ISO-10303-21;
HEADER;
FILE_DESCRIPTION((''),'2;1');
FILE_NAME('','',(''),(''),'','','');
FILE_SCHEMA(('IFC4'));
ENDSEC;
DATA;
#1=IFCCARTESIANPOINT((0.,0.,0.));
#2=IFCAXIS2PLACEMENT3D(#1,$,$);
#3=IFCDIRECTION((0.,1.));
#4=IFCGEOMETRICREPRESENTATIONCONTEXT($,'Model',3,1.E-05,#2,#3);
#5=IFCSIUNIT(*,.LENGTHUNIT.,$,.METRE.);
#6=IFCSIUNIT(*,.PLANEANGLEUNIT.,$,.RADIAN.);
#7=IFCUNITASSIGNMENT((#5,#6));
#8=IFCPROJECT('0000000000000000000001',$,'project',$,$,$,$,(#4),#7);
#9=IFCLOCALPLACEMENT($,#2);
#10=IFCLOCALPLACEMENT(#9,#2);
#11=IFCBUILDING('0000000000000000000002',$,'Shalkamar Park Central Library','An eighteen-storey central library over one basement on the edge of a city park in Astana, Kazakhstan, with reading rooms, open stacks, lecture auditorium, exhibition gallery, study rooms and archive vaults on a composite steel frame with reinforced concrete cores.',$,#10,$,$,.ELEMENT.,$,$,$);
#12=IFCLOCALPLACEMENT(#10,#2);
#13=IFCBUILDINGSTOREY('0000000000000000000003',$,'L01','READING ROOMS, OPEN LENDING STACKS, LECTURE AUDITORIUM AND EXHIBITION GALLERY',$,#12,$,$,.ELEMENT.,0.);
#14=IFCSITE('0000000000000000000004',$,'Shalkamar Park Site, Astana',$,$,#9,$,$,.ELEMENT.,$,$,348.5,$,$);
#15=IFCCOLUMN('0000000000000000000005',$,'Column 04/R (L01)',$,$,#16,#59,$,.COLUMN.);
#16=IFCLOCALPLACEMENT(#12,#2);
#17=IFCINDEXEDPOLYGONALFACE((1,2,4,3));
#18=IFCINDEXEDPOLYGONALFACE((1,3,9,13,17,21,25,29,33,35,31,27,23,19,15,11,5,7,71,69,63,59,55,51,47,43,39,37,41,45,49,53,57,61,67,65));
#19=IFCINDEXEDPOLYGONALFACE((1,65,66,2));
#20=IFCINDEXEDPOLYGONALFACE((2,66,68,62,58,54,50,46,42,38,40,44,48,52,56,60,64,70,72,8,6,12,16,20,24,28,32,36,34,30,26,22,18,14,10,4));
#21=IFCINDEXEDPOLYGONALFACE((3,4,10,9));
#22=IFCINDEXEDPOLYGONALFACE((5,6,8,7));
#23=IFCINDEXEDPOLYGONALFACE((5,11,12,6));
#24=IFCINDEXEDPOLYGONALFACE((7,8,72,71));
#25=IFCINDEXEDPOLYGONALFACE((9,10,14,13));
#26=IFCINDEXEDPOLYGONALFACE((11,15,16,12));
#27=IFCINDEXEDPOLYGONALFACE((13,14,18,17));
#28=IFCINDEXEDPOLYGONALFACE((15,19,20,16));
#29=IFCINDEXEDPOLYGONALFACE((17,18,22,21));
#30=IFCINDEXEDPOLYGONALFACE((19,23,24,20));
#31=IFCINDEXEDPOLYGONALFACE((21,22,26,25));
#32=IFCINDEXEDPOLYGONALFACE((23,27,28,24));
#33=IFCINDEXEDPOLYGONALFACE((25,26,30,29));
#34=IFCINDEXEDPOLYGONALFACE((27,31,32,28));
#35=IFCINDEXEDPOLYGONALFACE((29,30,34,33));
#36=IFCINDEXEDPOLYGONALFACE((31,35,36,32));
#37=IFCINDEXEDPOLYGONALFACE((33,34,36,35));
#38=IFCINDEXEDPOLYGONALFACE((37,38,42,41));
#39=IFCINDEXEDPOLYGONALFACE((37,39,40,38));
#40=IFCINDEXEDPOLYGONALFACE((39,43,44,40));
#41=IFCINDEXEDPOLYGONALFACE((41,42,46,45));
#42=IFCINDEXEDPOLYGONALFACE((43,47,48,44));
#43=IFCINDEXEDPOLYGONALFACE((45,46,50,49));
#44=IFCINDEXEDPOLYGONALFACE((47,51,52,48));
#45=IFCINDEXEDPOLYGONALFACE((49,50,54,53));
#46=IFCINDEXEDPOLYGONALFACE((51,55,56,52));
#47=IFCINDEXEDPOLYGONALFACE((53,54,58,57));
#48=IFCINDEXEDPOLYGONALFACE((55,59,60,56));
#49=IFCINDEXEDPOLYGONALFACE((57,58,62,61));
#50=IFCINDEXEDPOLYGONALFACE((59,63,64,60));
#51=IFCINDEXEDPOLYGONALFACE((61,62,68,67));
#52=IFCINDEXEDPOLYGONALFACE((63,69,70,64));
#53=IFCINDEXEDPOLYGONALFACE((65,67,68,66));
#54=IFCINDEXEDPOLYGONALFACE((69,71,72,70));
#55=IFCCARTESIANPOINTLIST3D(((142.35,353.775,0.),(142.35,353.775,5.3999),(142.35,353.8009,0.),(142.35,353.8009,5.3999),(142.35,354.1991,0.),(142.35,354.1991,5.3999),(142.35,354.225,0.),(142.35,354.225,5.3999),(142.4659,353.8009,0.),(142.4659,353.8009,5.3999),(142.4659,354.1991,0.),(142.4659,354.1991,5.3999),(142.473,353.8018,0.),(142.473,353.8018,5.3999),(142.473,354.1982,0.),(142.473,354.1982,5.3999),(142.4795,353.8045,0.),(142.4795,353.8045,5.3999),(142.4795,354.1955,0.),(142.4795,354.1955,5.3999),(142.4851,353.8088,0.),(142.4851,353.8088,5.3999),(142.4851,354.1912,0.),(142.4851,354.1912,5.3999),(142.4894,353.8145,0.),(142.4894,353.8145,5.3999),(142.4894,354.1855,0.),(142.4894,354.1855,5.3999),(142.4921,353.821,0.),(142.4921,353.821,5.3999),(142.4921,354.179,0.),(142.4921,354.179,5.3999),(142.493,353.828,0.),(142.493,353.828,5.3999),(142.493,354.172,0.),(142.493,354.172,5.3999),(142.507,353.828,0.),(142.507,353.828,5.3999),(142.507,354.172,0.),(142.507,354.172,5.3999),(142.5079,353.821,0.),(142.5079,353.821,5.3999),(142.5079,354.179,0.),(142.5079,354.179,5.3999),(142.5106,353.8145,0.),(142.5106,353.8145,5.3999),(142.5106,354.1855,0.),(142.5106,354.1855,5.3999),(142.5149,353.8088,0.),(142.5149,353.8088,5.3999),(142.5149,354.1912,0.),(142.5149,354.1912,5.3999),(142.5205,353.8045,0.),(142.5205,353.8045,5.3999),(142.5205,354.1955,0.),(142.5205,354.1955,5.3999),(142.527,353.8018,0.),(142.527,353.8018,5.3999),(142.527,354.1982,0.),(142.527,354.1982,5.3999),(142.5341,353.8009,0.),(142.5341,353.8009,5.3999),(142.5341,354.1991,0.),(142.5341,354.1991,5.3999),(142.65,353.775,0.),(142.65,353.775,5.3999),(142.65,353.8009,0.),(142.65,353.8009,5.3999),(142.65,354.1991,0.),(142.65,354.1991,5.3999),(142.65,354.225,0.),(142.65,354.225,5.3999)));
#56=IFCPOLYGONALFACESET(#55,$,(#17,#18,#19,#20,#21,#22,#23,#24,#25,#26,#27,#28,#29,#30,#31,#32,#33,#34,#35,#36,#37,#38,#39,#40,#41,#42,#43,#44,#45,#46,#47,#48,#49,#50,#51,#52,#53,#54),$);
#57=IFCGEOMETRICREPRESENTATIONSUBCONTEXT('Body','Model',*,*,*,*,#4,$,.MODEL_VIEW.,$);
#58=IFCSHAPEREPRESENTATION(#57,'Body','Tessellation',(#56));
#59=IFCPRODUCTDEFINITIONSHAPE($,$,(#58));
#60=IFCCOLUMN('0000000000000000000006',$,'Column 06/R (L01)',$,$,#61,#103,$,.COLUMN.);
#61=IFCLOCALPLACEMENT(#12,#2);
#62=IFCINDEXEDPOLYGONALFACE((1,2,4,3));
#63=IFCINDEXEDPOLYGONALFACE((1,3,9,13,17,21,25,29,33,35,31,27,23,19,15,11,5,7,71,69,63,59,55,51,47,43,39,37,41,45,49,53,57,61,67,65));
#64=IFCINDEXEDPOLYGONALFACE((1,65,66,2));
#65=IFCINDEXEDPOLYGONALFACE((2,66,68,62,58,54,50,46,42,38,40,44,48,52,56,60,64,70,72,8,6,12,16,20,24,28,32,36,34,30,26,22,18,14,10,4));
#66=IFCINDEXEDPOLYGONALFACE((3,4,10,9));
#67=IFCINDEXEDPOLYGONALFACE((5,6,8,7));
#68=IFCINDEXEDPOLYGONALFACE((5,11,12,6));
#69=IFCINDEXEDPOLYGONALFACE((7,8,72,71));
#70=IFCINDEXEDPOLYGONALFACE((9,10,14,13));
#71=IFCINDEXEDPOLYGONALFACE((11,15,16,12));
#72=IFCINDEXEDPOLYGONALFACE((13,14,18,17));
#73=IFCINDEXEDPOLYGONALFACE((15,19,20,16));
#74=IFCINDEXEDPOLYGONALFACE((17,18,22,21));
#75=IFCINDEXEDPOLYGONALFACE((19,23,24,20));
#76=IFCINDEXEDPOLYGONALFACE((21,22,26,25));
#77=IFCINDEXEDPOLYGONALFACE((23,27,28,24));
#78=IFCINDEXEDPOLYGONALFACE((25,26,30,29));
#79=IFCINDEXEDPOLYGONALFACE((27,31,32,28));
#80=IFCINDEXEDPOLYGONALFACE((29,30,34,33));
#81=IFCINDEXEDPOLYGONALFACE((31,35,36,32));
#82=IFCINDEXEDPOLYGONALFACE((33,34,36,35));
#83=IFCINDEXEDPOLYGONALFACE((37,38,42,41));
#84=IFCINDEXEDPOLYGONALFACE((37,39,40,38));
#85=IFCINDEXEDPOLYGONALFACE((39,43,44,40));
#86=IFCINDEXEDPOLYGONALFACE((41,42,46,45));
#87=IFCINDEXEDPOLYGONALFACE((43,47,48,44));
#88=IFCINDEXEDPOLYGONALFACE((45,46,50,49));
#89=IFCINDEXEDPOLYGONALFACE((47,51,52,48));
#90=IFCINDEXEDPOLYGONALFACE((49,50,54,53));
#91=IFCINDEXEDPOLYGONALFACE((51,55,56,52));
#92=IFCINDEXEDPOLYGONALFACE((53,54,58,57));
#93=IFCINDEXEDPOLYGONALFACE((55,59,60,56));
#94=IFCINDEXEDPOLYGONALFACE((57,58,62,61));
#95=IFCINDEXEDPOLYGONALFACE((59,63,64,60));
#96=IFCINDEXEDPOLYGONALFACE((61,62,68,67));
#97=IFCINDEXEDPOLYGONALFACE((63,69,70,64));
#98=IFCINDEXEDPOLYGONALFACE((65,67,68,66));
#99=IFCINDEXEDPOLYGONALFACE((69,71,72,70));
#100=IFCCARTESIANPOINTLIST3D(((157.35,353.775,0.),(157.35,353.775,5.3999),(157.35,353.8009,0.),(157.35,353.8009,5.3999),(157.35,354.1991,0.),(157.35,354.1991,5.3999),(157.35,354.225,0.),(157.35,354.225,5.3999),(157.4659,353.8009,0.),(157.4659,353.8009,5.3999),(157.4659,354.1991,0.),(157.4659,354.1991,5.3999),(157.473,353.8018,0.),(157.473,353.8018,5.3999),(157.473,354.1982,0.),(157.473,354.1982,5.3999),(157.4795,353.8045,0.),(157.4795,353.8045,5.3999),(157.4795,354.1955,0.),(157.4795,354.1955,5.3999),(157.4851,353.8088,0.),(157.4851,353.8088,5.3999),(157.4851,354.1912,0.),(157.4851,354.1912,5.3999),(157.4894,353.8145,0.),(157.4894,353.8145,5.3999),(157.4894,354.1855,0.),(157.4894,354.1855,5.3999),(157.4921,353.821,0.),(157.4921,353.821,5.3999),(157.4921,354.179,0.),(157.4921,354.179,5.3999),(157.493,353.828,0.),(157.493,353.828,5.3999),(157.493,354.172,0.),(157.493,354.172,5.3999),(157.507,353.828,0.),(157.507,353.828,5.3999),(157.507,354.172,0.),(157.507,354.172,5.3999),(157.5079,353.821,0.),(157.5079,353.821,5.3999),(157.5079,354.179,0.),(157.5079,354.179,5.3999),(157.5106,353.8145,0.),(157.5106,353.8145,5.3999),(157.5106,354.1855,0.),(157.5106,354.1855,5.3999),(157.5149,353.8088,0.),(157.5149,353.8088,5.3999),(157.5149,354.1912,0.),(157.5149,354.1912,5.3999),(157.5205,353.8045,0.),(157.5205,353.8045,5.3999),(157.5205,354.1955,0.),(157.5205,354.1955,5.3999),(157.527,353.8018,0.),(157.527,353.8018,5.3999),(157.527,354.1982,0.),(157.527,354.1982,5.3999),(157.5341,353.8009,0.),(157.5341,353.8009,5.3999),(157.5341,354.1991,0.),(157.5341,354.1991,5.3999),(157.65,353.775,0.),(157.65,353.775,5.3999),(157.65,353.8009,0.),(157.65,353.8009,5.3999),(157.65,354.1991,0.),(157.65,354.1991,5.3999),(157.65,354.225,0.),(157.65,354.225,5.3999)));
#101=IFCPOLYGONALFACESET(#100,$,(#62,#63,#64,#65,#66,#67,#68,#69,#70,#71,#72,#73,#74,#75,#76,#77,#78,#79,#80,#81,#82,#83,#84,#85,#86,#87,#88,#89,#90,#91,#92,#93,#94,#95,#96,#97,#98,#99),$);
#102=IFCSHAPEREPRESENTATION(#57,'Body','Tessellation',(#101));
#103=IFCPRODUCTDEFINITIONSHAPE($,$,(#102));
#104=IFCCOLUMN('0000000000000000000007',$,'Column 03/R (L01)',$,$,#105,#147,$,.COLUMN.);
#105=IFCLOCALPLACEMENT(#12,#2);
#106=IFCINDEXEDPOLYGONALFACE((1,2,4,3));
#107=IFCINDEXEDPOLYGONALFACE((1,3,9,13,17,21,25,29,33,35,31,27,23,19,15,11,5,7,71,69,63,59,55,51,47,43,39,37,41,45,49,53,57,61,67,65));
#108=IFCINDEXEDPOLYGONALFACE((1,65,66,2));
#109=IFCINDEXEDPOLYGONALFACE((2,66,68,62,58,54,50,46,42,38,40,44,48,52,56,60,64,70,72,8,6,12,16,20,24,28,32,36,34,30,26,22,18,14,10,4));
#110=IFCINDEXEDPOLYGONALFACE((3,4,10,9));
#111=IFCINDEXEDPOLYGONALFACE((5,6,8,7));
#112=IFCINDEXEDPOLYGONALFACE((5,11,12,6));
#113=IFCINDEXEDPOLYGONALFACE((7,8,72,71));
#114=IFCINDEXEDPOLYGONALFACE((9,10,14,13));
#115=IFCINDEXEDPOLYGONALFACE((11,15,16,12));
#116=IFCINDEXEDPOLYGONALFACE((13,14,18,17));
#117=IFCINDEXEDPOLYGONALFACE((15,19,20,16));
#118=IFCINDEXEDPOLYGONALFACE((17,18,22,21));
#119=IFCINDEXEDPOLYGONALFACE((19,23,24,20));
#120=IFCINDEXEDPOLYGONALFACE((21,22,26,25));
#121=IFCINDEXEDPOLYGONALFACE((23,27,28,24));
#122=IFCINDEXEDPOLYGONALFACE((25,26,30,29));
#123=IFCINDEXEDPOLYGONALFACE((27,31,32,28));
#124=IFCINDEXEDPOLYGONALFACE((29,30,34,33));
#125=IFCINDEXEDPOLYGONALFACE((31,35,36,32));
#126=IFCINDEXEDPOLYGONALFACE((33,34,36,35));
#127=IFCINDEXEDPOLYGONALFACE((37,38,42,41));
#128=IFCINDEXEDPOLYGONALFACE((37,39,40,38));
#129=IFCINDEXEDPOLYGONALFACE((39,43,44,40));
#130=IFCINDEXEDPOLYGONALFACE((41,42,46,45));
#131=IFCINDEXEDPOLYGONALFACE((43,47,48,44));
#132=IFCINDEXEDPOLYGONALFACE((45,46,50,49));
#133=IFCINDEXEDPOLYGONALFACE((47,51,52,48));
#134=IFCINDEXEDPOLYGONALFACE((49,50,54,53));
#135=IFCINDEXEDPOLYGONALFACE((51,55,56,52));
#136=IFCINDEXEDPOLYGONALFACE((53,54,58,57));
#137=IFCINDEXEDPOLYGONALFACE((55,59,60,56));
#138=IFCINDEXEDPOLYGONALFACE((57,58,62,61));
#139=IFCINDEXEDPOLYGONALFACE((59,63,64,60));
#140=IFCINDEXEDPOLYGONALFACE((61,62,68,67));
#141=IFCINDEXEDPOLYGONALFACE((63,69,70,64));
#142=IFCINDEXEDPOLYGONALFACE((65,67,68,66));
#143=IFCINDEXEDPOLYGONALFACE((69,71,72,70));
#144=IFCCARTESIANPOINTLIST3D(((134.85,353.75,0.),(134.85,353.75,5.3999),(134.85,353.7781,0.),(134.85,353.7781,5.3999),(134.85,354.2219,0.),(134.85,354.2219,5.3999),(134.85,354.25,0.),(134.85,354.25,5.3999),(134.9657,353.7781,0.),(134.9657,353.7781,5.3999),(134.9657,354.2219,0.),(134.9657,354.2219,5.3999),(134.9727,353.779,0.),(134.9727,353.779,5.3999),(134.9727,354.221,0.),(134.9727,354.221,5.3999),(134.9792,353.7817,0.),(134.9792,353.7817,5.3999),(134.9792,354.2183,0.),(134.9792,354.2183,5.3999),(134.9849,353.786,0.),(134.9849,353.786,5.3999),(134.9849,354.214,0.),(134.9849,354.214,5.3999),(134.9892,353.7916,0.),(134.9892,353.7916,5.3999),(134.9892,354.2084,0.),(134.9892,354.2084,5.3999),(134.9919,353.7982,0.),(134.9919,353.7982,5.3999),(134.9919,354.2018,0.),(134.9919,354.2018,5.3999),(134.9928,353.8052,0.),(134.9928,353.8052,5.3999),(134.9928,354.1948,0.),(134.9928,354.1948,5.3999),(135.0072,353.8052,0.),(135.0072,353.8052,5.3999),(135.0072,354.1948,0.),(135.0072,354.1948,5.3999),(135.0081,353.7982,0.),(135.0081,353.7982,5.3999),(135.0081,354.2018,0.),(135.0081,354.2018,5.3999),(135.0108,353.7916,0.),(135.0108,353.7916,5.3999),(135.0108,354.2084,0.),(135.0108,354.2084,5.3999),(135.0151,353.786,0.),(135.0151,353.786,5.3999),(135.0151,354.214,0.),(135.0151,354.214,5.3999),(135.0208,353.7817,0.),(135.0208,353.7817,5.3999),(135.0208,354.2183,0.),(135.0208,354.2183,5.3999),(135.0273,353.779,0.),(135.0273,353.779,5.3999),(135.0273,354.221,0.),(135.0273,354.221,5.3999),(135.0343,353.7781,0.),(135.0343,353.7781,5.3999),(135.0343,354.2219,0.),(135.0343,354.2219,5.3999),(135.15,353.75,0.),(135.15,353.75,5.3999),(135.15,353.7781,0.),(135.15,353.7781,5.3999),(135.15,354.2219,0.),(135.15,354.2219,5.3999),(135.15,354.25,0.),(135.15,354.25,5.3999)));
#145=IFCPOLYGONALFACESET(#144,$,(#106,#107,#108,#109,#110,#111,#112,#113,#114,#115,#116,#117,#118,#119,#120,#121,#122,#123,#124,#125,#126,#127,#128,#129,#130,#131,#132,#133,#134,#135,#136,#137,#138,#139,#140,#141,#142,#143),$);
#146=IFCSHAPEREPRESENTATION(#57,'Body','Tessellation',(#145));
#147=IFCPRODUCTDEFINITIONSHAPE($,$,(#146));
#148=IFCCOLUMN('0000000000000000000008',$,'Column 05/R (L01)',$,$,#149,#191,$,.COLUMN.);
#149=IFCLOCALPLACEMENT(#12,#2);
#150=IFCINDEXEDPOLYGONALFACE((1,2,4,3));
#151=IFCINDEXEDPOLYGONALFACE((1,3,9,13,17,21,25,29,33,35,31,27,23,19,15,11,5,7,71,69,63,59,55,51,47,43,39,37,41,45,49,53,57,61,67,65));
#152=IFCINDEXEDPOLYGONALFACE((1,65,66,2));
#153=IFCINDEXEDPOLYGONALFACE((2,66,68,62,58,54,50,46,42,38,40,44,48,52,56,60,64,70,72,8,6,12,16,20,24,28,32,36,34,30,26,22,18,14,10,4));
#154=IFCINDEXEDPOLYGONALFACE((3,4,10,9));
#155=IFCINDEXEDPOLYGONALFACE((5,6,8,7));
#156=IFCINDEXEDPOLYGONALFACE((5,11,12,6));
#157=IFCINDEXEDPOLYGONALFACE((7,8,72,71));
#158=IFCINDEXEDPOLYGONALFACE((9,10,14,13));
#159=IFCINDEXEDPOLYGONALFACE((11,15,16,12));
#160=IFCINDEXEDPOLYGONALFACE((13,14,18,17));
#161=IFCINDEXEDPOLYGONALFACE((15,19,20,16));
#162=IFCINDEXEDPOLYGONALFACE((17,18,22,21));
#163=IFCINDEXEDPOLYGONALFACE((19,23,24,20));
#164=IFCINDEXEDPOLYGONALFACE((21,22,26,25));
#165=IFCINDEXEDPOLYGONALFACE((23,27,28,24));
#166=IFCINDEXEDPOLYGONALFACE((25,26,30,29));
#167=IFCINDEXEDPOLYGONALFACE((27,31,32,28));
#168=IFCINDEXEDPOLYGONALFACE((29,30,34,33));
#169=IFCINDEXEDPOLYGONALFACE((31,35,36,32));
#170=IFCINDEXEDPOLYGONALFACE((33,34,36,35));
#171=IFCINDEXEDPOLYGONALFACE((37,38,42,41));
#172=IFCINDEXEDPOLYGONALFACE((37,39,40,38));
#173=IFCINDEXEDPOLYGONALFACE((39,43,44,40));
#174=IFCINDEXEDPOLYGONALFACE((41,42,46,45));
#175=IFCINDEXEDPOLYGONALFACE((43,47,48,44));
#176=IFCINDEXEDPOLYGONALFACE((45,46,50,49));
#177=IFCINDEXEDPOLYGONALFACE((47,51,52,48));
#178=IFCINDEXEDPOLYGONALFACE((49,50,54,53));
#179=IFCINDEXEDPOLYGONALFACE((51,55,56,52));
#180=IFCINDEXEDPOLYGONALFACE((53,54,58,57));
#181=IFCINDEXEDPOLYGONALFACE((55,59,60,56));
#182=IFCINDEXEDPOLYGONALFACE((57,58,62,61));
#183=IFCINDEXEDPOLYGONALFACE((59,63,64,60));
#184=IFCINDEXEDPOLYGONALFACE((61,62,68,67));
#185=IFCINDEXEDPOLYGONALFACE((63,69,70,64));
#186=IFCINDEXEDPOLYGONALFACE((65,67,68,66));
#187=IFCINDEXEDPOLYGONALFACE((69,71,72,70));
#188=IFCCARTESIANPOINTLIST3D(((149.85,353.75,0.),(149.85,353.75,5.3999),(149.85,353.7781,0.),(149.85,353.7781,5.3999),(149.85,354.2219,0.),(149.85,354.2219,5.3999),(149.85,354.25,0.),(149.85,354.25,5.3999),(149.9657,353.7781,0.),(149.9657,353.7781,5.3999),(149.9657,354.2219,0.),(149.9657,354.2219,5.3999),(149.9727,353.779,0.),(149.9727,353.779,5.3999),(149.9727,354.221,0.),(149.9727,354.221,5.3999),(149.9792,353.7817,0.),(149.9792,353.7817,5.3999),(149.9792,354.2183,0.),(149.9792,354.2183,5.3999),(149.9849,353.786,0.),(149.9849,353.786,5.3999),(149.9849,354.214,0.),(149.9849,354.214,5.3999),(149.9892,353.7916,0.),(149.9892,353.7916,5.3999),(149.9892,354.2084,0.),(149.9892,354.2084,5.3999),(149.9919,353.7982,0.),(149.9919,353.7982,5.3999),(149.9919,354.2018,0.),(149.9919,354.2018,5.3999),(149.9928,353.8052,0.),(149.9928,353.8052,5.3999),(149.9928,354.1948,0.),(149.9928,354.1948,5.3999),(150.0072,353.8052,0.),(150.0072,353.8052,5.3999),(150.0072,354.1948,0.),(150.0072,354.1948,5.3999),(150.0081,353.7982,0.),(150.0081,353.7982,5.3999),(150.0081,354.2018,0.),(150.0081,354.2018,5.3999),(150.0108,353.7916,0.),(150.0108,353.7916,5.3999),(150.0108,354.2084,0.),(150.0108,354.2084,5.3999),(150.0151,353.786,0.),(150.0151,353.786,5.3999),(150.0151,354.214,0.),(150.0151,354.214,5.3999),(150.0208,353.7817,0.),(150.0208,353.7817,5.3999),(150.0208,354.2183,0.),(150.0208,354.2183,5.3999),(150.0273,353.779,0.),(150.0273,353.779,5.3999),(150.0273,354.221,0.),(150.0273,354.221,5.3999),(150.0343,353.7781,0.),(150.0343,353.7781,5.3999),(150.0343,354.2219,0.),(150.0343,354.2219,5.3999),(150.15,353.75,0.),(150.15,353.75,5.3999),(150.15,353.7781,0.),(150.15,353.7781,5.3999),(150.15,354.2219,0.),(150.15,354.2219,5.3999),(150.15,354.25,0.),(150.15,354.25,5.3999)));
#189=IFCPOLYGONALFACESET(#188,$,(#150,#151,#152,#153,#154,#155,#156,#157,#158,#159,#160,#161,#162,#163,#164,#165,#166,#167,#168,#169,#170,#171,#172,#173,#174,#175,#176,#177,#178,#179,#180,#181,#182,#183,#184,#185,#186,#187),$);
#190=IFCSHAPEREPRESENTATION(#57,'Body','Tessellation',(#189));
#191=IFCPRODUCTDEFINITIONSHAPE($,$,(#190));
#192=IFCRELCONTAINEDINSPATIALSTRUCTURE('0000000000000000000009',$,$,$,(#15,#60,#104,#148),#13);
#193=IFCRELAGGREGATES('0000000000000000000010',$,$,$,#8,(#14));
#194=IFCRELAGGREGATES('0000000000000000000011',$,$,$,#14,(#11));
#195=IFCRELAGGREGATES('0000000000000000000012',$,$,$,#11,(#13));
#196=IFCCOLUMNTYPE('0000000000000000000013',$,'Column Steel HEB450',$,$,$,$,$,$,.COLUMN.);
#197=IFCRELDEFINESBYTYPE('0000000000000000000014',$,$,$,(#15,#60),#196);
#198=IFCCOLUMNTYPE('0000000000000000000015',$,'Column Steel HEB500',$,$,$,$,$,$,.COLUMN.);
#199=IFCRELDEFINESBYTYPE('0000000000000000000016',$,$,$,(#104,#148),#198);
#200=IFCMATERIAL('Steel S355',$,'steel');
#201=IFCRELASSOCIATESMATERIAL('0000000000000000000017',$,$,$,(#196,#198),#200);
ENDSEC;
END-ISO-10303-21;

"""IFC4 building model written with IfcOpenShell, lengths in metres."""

from ifc_helpers import new_model, si_unit, direction, frame, origin, origin_2d, place, context, subcontext, project, spatial, i_section, extrude, material, material_profile, profile_set, type_object, element, save


model = new_model("IFC4")

# Units and contexts
model_context = context("Model", 3, precision=1e-05, world=origin(), true_north=direction((0.0, 1.0)))
body_context = subcontext(model_context, "Body", "Model", "MODEL_VIEW")
ifc_project = project(units=[si_unit("LENGTHUNIT", "METRE"), si_unit("PLANEANGLEUNIT", "RADIAN")], contexts=[model_context])

# Site, building, storey
site_placement = place(None, origin())
site = spatial("IfcSite", under=ifc_project, at=site_placement, Name="Shalkamar Park Site, Astana", CompositionType="ELEMENT", RefElevation=348.5)
building_placement = place(site_placement, origin())
building = spatial("IfcBuilding", under=site, at=building_placement, Name="Shalkamar Park Central Library", Description="An eighteen-storey central library over one basement on the edge of a city park in Astana, Kazakhstan, with reading rooms, open stacks, lecture auditorium, exhibition gallery, study rooms and archive vaults on a composite steel frame with reinforced concrete cores.", CompositionType="ELEMENT")
storey_placement = place(building_placement, origin())
storey = spatial("IfcBuildingStorey", under=building, at=storey_placement, Name="L01", Description="READING ROOMS, OPEN LENDING STACKS, LECTURE AUDITORIUM AND EXHIBITION GALLERY", CompositionType="ELEMENT", Elevation=0.0)

# Columns
ifc_material_1 = material(Name="Steel S355", Category="steel")
ifc_material_profile_1 = material_profile(ifc_material_1, i_section(OverallWidth=0.3, OverallDepth=0.45, WebThickness=0.0139, FlangeThickness=0.0259, FilletRadius=0.0271, at=origin_2d()), Name="HEB 450")
ifc_profile_set_1 = profile_set([ifc_material_profile_1], Name="Steel S355")
column_type_1 = type_object("IfcColumnType", Name="Column Steel HEB450", PredefinedType="COLUMN", material=ifc_profile_set_1)
for number, where, z_axis, x_axis, name in (
    (1, (142.5, 354.0, 0.0), (0.0, 0.0, 1.0), (1.0, 0.0, 0.0), "Column 04/R (L01)"),
    (2, (157.5, 354.0, 0.0), (0.0, 0.0, 1.0), (1.0, 0.0, 0.0), "Column 06/R (L01)"),
):
    element("IfcColumn", number, at=place(storey_placement, frame(where, z_axis=z_axis, x_axis=x_axis)), inside=storey, type_object=column_type_1, Name=name, PredefinedType="COLUMN", context=body_context, shape_type="SweptSolid", body=[
        extrude(i_section(OverallWidth=0.3, OverallDepth=0.45, WebThickness=0.0139, FlangeThickness=0.0259, FilletRadius=0.0271, at=origin_2d()), origin(), (0.0, 0.0, 1.0), 5.3999),
    ])
ifc_material_profile_2 = material_profile(ifc_material_1, i_section(OverallWidth=0.3, OverallDepth=0.5, WebThickness=0.0144, FlangeThickness=0.0281, FilletRadius=0.0271, at=origin_2d()), Name="HEB 500")
ifc_profile_set_2 = profile_set([ifc_material_profile_2], Name="Steel S355")
column_type_2 = type_object("IfcColumnType", Name="Column Steel HEB500", PredefinedType="COLUMN", material=ifc_profile_set_2)
for number, where, z_axis, x_axis, name in (
    (3, (135.0, 354.0, 0.0), (0.0, 0.0, 1.0), (1.0, 0.0, 0.0), "Column 03/R (L01)"),
    (4, (150.0, 354.0, 0.0), (0.0, 0.0, 1.0), (1.0, 0.0, 0.0), "Column 05/R (L01)"),
):
    element("IfcColumn", number, at=place(storey_placement, frame(where, z_axis=z_axis, x_axis=x_axis)), inside=storey, type_object=column_type_2, Name=name, PredefinedType="COLUMN", context=body_context, shape_type="SweptSolid", body=[
        extrude(i_section(OverallWidth=0.3, OverallDepth=0.5, WebThickness=0.0144, FlangeThickness=0.0281, FilletRadius=0.0271, at=origin_2d()), origin(), (0.0, 0.0, 1.0), 5.3999),
    ])

save(model, "model.ifc")
